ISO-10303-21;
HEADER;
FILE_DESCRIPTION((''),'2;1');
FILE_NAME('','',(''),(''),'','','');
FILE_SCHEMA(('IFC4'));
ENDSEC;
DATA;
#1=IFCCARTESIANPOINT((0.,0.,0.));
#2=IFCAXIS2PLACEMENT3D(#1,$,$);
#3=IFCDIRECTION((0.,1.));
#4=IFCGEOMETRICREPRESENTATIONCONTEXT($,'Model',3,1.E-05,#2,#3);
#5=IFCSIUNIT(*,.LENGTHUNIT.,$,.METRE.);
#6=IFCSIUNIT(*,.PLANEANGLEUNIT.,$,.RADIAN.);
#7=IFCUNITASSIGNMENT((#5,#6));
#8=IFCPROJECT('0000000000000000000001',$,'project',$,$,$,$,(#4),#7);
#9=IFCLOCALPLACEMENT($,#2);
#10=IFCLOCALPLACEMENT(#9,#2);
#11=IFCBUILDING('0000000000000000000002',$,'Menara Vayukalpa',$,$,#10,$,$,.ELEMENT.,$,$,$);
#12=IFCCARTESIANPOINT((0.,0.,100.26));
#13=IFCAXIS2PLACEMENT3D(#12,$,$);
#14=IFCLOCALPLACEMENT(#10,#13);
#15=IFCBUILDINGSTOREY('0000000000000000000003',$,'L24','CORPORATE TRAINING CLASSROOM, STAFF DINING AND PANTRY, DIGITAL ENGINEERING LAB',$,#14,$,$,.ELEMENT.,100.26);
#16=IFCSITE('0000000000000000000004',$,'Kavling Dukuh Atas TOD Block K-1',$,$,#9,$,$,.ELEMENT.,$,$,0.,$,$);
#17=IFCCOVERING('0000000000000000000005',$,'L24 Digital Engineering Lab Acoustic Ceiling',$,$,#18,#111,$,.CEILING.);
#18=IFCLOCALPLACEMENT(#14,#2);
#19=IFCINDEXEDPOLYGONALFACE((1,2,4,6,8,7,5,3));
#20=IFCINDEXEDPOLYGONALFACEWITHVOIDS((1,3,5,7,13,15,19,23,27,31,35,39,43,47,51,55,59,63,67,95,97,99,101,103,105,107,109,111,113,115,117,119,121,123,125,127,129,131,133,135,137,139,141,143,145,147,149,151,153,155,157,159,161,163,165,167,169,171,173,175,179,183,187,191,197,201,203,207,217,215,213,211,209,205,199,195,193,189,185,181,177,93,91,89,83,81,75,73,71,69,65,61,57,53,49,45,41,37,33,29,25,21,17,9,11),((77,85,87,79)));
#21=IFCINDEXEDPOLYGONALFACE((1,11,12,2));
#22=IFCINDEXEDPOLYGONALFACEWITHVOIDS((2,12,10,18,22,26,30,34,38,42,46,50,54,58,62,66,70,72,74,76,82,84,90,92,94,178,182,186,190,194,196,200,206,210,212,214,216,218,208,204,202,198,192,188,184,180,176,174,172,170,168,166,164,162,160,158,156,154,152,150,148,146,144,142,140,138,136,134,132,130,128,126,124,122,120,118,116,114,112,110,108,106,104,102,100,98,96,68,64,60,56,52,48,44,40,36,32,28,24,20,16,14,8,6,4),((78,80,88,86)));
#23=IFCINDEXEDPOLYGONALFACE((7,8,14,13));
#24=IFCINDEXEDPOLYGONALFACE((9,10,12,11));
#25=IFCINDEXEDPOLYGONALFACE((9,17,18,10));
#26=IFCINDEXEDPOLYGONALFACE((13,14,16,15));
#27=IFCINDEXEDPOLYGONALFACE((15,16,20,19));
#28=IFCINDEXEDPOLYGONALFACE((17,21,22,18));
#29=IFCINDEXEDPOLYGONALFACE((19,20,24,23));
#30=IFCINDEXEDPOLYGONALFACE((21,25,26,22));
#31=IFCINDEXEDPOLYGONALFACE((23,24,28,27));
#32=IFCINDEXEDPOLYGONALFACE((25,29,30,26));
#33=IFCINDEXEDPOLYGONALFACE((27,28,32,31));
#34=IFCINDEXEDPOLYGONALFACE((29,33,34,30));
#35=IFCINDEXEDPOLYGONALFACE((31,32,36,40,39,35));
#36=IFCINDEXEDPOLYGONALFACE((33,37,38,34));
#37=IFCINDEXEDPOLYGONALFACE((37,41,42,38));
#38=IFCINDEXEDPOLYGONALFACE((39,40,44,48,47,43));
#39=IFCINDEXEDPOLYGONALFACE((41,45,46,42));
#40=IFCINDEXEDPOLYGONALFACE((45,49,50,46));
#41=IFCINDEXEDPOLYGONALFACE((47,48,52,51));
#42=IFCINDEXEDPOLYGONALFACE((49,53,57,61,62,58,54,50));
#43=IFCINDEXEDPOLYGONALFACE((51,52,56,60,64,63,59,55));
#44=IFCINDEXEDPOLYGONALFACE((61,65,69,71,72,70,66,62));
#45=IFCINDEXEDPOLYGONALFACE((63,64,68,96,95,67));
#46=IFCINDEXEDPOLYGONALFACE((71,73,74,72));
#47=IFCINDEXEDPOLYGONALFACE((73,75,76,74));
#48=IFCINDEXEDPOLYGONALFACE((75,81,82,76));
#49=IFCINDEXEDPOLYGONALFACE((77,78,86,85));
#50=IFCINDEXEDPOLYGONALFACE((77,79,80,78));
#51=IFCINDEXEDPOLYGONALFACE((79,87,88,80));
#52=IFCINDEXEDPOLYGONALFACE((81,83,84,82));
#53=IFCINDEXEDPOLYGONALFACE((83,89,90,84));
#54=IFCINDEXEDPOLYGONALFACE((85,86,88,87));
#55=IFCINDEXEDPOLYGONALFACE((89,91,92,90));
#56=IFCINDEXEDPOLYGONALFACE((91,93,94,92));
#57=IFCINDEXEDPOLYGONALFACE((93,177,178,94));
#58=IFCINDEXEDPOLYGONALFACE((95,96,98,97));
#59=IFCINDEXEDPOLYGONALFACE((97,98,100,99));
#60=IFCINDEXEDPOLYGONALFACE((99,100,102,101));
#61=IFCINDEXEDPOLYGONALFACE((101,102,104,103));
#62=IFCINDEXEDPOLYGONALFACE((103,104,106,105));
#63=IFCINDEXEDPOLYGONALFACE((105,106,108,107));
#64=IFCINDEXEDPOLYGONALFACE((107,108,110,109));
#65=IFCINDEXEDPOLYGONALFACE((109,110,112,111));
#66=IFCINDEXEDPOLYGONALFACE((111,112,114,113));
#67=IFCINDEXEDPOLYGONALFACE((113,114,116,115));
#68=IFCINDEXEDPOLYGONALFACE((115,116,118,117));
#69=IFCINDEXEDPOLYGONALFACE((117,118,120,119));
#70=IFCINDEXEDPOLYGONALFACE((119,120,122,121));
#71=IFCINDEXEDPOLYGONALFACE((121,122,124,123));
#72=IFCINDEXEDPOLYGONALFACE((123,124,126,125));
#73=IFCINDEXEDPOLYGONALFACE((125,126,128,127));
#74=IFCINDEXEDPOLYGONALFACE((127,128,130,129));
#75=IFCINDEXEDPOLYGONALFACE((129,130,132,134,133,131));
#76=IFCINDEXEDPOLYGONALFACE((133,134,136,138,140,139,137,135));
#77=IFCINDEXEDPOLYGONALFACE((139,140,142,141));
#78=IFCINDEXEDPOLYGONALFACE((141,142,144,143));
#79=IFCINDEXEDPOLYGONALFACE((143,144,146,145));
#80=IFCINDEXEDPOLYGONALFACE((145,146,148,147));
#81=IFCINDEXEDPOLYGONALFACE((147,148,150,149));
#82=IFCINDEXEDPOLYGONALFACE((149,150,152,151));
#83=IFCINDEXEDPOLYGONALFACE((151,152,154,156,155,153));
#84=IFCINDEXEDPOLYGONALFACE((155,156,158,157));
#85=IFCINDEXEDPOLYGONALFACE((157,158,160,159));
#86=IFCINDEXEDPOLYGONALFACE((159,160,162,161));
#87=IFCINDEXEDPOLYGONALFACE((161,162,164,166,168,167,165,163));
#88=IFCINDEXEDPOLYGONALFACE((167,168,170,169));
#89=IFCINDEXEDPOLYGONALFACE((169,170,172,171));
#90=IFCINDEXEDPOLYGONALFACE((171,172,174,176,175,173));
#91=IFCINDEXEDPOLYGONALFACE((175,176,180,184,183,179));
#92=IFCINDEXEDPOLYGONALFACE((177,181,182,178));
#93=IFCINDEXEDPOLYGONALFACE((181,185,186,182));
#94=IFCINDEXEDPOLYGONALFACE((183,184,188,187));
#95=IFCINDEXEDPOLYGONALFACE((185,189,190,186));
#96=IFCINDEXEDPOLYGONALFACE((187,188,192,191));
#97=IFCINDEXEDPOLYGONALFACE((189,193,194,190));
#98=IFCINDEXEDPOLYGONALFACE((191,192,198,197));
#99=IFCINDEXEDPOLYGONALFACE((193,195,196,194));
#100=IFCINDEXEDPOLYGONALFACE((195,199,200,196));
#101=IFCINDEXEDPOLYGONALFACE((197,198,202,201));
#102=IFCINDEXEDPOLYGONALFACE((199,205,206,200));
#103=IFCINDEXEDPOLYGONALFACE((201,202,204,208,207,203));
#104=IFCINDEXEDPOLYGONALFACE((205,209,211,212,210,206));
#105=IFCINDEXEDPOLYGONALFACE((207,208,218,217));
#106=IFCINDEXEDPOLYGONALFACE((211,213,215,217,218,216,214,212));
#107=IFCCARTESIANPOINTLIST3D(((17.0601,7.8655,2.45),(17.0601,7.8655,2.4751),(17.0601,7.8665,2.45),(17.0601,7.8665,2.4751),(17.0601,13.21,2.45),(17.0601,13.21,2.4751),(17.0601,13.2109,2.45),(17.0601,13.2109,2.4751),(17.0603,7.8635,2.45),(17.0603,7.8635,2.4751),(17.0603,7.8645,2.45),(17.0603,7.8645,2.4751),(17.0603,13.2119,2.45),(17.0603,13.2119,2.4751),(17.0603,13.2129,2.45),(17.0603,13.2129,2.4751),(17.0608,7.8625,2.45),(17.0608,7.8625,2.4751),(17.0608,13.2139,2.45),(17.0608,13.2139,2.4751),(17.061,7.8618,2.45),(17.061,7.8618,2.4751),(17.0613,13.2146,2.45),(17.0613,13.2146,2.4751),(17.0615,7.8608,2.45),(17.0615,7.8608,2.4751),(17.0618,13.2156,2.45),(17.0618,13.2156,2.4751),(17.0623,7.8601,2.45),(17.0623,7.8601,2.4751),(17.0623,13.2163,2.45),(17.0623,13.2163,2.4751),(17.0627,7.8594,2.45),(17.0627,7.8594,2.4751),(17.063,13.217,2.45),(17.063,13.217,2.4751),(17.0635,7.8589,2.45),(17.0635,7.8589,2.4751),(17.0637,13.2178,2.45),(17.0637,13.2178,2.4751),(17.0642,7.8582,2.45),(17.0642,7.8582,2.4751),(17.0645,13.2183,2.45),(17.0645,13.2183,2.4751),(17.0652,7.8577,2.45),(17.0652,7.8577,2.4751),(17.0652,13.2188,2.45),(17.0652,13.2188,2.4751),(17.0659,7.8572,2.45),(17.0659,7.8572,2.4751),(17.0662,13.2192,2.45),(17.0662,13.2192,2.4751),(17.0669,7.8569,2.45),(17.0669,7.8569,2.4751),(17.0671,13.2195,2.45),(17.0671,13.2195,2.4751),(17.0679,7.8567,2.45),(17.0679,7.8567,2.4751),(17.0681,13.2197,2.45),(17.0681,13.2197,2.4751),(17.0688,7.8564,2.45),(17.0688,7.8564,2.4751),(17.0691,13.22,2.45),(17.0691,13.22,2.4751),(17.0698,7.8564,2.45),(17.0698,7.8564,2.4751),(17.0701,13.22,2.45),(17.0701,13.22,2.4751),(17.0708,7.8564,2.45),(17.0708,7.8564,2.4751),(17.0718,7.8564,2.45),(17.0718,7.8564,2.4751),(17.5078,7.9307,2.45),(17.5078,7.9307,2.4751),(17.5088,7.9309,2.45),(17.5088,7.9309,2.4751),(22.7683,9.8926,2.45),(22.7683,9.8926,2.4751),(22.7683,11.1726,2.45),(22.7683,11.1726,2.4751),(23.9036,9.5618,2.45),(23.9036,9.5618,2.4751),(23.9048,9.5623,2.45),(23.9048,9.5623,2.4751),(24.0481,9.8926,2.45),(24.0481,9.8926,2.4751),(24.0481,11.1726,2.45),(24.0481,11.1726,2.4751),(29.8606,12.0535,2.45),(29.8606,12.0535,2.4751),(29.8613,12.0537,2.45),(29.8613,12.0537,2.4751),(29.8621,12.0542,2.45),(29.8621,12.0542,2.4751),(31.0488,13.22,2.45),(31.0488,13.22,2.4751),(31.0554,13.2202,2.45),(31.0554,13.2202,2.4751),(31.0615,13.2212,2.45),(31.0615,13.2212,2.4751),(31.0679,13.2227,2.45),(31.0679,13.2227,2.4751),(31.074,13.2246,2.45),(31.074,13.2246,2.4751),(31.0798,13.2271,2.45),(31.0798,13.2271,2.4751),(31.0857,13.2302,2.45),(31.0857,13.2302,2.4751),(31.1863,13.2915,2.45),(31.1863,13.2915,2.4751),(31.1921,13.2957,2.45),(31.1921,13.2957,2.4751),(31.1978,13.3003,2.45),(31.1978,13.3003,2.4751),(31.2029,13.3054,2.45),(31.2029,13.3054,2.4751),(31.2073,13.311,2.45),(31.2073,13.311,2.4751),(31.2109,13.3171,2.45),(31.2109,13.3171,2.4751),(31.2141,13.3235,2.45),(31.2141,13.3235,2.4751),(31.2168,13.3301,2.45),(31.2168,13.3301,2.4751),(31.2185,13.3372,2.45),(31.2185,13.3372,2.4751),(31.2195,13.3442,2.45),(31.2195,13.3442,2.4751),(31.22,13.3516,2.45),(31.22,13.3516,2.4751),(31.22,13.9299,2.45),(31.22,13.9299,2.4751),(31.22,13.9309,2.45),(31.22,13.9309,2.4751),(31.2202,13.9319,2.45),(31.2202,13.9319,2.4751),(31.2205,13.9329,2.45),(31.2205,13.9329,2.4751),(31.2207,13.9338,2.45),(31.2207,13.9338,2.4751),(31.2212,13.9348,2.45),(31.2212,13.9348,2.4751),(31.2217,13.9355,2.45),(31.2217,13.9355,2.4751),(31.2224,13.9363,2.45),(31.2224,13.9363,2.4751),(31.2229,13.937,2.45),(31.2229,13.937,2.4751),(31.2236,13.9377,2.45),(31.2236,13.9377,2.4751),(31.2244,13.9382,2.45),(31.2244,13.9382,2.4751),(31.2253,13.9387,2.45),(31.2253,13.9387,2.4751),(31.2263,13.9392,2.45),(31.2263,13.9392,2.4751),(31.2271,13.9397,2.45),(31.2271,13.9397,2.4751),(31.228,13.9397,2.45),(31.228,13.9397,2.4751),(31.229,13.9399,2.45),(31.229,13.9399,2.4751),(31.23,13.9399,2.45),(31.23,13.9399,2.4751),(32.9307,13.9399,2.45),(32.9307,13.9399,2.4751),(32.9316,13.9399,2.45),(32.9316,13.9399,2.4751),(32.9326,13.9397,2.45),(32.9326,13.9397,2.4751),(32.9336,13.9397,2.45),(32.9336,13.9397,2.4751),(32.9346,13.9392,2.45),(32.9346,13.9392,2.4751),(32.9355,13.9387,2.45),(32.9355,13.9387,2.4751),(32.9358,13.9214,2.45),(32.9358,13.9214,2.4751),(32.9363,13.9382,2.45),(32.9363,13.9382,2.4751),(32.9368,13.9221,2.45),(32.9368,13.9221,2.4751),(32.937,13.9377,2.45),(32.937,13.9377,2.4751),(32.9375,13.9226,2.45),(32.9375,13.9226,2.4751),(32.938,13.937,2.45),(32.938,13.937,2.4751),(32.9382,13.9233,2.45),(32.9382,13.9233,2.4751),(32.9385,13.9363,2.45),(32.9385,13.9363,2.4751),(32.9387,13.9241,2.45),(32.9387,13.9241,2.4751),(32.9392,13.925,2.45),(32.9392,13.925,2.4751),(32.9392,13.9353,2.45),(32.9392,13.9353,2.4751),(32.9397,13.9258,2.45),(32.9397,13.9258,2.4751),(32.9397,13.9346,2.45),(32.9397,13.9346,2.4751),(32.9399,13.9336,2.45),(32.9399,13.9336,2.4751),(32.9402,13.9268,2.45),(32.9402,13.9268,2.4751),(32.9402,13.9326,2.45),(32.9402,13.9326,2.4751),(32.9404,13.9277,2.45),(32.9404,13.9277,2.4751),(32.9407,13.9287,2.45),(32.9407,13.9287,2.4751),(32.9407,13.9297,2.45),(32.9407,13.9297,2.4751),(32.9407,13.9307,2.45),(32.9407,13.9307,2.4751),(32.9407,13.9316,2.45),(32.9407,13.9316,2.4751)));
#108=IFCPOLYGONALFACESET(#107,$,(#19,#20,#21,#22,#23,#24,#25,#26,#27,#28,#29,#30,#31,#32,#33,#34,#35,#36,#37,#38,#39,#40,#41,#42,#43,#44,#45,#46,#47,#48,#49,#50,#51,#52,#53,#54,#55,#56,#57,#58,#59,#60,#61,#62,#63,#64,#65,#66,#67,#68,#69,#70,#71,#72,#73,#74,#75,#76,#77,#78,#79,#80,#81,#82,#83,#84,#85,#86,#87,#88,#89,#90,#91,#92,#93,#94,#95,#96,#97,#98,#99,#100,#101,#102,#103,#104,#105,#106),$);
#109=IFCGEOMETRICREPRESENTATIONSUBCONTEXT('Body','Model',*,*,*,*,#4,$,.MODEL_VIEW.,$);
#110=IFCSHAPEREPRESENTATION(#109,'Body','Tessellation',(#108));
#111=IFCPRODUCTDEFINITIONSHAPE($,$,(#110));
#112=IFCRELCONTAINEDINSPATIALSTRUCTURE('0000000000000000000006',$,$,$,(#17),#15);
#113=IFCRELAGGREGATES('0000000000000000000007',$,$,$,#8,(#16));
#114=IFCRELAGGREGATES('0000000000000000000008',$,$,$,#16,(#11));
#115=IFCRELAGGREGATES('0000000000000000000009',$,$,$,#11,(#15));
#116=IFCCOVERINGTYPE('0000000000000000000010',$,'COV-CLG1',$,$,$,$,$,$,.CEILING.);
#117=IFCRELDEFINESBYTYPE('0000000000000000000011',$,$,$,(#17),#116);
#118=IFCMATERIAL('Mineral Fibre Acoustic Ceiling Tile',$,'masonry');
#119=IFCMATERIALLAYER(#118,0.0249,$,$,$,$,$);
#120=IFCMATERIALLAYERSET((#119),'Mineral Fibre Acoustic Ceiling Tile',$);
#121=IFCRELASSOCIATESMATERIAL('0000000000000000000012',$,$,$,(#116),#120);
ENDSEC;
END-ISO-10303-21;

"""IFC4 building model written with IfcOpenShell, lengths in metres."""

from ifc_helpers import new_model, si_unit, direction, frame, origin, place, context, subcontext, project, spatial, polyline, outline, extrude, material, layer, layer_set, type_object, element, save


model = new_model("IFC4")

# Units and contexts
model_context = context("Model", 3, precision=1e-05, world=origin(), true_north=direction((0.0, 1.0)))
body_context = subcontext(model_context, "Body", "Model", "MODEL_VIEW")
ifc_project = project(units=[si_unit("LENGTHUNIT", "METRE"), si_unit("PLANEANGLEUNIT", "RADIAN")], contexts=[model_context])

# Site, building, storey
site_placement = place(None, origin())
site = spatial("IfcSite", under=ifc_project, at=site_placement, Name="Kavling Dukuh Atas TOD Block K-1", CompositionType="ELEMENT", RefElevation=0.0)
building_placement = place(site_placement, origin())
building = spatial("IfcBuilding", under=site, at=building_placement, Name="Menara Vayukalpa", CompositionType="ELEMENT")
storey_placement = place(building_placement, frame((0.0, 0.0, 100.26)))
storey = spatial("IfcBuildingStorey", under=building, at=storey_placement, Name="L24", Description="CORPORATE TRAINING CLASSROOM, STAFF DINING AND PANTRY, DIGITAL ENGINEERING LAB", CompositionType="ELEMENT", Elevation=100.26)

# Covering
ifc_material_1 = material(Name="Mineral Fibre Acoustic Ceiling Tile", Category="masonry")
ifc_layer_1 = layer(ifc_material_1, 0.0249)
ifc_layer_set_1 = layer_set([ifc_layer_1], Name="Mineral Fibre Acoustic Ceiling Tile")
covering_type_1 = type_object("IfcCoveringType", Name="COV-CLG1", PredefinedType="CEILING", material=ifc_layer_set_1)
covering_1_placement = place(storey_placement, frame((0.0, 0.0, 2.45)))
element("IfcCovering", 1, at=covering_1_placement, inside=storey, type_object=covering_type_1, Name="L24 Digital Engineering Lab Acoustic Ceiling", PredefinedType="CEILING", context=body_context, shape_type="SweptSolid", body=[
    extrude(outline(polyline([(17.5088, 7.9309), (17.5078, 7.9307), (17.0718, 7.8564), (17.0708, 7.8564), (17.0698, 7.8564), (17.0688, 7.8564), (17.0679, 7.8567), (17.0669, 7.8569), (17.0659, 7.8572), (17.0652, 7.8577), (17.0642, 7.8582), (17.0635, 7.8589), (17.0627, 7.8594), (17.0623, 7.8601), (17.0615, 7.8608), (17.061, 7.8618), (17.0608, 7.8625), (17.0603, 7.8635), (17.0603, 7.8645), (17.0601, 7.8655), (17.0601, 7.8665), (17.0601, 13.21), (17.0601, 13.2109), (17.0603, 13.2119), (17.0603, 13.2129), (17.0608, 13.2139), (17.0613, 13.2146), (17.0618, 13.2156), (17.0623, 13.2163), (17.063, 13.217), (17.0637, 13.2178), (17.0645, 13.2183), (17.0652, 13.2188), (17.0662, 13.2192), (17.0671, 13.2195), (17.0681, 13.2197), (17.0691, 13.22), (17.0701, 13.22), (31.0488, 13.22), (31.0554, 13.2202), (31.0615, 13.2212), (31.0679, 13.2227), (31.074, 13.2246), (31.0798, 13.2271), (31.0857, 13.2302), (31.1863, 13.2915), (31.1921, 13.2957), (31.1978, 13.3003), (31.2029, 13.3054), (31.2073, 13.311), (31.2109, 13.3171), (31.2141, 13.3235), (31.2168, 13.3301), (31.2185, 13.3372), (31.2195, 13.3442), (31.22, 13.3516), (31.22, 13.9299), (31.22, 13.9309), (31.2202, 13.9319), (31.2205, 13.9329), (31.2207, 13.9338), (31.2212, 13.9348), (31.2217, 13.9355), (31.2224, 13.9363), (31.2229, 13.937), (31.2236, 13.9377), (31.2244, 13.9382), (31.2253, 13.9387), (31.2263, 13.9392), (31.2271, 13.9397), (31.228, 13.9397), (31.229, 13.9399), (31.23, 13.9399), (32.9307, 13.9399), (32.9316, 13.9399), (32.9326, 13.9397), (32.9336, 13.9397), (32.9346, 13.9392), (32.9355, 13.9387), (32.9363, 13.9382), (32.937, 13.9377), (32.938, 13.937), (32.9385, 13.9363), (32.9392, 13.9353), (32.9397, 13.9346), (32.9399, 13.9336), (32.9402, 13.9326), (32.9407, 13.9316), (32.9407, 13.9307), (32.9407, 13.9297), (32.9407, 13.9287), (32.9404, 13.9277), (32.9402, 13.9268), (32.9397, 13.9258), (32.9392, 13.925), (32.9387, 13.9241), (32.9382, 13.9233), (32.9375, 13.9226), (32.9368, 13.9221), (32.9358, 13.9214), (29.8621, 12.0542), (29.8613, 12.0537), (29.8606, 12.0535), (23.9048, 9.5623), (23.9036, 9.5618), (17.5088, 7.9309)]), holes=[polyline([(24.0481, 11.1726), (22.7683, 11.1726), (22.7683, 9.8926), (24.0481, 9.8926), (24.0481, 11.1726)])]), origin(), (0.0, 0.0, 1.0), 0.0251),
])

save(model, "model.ifc")
